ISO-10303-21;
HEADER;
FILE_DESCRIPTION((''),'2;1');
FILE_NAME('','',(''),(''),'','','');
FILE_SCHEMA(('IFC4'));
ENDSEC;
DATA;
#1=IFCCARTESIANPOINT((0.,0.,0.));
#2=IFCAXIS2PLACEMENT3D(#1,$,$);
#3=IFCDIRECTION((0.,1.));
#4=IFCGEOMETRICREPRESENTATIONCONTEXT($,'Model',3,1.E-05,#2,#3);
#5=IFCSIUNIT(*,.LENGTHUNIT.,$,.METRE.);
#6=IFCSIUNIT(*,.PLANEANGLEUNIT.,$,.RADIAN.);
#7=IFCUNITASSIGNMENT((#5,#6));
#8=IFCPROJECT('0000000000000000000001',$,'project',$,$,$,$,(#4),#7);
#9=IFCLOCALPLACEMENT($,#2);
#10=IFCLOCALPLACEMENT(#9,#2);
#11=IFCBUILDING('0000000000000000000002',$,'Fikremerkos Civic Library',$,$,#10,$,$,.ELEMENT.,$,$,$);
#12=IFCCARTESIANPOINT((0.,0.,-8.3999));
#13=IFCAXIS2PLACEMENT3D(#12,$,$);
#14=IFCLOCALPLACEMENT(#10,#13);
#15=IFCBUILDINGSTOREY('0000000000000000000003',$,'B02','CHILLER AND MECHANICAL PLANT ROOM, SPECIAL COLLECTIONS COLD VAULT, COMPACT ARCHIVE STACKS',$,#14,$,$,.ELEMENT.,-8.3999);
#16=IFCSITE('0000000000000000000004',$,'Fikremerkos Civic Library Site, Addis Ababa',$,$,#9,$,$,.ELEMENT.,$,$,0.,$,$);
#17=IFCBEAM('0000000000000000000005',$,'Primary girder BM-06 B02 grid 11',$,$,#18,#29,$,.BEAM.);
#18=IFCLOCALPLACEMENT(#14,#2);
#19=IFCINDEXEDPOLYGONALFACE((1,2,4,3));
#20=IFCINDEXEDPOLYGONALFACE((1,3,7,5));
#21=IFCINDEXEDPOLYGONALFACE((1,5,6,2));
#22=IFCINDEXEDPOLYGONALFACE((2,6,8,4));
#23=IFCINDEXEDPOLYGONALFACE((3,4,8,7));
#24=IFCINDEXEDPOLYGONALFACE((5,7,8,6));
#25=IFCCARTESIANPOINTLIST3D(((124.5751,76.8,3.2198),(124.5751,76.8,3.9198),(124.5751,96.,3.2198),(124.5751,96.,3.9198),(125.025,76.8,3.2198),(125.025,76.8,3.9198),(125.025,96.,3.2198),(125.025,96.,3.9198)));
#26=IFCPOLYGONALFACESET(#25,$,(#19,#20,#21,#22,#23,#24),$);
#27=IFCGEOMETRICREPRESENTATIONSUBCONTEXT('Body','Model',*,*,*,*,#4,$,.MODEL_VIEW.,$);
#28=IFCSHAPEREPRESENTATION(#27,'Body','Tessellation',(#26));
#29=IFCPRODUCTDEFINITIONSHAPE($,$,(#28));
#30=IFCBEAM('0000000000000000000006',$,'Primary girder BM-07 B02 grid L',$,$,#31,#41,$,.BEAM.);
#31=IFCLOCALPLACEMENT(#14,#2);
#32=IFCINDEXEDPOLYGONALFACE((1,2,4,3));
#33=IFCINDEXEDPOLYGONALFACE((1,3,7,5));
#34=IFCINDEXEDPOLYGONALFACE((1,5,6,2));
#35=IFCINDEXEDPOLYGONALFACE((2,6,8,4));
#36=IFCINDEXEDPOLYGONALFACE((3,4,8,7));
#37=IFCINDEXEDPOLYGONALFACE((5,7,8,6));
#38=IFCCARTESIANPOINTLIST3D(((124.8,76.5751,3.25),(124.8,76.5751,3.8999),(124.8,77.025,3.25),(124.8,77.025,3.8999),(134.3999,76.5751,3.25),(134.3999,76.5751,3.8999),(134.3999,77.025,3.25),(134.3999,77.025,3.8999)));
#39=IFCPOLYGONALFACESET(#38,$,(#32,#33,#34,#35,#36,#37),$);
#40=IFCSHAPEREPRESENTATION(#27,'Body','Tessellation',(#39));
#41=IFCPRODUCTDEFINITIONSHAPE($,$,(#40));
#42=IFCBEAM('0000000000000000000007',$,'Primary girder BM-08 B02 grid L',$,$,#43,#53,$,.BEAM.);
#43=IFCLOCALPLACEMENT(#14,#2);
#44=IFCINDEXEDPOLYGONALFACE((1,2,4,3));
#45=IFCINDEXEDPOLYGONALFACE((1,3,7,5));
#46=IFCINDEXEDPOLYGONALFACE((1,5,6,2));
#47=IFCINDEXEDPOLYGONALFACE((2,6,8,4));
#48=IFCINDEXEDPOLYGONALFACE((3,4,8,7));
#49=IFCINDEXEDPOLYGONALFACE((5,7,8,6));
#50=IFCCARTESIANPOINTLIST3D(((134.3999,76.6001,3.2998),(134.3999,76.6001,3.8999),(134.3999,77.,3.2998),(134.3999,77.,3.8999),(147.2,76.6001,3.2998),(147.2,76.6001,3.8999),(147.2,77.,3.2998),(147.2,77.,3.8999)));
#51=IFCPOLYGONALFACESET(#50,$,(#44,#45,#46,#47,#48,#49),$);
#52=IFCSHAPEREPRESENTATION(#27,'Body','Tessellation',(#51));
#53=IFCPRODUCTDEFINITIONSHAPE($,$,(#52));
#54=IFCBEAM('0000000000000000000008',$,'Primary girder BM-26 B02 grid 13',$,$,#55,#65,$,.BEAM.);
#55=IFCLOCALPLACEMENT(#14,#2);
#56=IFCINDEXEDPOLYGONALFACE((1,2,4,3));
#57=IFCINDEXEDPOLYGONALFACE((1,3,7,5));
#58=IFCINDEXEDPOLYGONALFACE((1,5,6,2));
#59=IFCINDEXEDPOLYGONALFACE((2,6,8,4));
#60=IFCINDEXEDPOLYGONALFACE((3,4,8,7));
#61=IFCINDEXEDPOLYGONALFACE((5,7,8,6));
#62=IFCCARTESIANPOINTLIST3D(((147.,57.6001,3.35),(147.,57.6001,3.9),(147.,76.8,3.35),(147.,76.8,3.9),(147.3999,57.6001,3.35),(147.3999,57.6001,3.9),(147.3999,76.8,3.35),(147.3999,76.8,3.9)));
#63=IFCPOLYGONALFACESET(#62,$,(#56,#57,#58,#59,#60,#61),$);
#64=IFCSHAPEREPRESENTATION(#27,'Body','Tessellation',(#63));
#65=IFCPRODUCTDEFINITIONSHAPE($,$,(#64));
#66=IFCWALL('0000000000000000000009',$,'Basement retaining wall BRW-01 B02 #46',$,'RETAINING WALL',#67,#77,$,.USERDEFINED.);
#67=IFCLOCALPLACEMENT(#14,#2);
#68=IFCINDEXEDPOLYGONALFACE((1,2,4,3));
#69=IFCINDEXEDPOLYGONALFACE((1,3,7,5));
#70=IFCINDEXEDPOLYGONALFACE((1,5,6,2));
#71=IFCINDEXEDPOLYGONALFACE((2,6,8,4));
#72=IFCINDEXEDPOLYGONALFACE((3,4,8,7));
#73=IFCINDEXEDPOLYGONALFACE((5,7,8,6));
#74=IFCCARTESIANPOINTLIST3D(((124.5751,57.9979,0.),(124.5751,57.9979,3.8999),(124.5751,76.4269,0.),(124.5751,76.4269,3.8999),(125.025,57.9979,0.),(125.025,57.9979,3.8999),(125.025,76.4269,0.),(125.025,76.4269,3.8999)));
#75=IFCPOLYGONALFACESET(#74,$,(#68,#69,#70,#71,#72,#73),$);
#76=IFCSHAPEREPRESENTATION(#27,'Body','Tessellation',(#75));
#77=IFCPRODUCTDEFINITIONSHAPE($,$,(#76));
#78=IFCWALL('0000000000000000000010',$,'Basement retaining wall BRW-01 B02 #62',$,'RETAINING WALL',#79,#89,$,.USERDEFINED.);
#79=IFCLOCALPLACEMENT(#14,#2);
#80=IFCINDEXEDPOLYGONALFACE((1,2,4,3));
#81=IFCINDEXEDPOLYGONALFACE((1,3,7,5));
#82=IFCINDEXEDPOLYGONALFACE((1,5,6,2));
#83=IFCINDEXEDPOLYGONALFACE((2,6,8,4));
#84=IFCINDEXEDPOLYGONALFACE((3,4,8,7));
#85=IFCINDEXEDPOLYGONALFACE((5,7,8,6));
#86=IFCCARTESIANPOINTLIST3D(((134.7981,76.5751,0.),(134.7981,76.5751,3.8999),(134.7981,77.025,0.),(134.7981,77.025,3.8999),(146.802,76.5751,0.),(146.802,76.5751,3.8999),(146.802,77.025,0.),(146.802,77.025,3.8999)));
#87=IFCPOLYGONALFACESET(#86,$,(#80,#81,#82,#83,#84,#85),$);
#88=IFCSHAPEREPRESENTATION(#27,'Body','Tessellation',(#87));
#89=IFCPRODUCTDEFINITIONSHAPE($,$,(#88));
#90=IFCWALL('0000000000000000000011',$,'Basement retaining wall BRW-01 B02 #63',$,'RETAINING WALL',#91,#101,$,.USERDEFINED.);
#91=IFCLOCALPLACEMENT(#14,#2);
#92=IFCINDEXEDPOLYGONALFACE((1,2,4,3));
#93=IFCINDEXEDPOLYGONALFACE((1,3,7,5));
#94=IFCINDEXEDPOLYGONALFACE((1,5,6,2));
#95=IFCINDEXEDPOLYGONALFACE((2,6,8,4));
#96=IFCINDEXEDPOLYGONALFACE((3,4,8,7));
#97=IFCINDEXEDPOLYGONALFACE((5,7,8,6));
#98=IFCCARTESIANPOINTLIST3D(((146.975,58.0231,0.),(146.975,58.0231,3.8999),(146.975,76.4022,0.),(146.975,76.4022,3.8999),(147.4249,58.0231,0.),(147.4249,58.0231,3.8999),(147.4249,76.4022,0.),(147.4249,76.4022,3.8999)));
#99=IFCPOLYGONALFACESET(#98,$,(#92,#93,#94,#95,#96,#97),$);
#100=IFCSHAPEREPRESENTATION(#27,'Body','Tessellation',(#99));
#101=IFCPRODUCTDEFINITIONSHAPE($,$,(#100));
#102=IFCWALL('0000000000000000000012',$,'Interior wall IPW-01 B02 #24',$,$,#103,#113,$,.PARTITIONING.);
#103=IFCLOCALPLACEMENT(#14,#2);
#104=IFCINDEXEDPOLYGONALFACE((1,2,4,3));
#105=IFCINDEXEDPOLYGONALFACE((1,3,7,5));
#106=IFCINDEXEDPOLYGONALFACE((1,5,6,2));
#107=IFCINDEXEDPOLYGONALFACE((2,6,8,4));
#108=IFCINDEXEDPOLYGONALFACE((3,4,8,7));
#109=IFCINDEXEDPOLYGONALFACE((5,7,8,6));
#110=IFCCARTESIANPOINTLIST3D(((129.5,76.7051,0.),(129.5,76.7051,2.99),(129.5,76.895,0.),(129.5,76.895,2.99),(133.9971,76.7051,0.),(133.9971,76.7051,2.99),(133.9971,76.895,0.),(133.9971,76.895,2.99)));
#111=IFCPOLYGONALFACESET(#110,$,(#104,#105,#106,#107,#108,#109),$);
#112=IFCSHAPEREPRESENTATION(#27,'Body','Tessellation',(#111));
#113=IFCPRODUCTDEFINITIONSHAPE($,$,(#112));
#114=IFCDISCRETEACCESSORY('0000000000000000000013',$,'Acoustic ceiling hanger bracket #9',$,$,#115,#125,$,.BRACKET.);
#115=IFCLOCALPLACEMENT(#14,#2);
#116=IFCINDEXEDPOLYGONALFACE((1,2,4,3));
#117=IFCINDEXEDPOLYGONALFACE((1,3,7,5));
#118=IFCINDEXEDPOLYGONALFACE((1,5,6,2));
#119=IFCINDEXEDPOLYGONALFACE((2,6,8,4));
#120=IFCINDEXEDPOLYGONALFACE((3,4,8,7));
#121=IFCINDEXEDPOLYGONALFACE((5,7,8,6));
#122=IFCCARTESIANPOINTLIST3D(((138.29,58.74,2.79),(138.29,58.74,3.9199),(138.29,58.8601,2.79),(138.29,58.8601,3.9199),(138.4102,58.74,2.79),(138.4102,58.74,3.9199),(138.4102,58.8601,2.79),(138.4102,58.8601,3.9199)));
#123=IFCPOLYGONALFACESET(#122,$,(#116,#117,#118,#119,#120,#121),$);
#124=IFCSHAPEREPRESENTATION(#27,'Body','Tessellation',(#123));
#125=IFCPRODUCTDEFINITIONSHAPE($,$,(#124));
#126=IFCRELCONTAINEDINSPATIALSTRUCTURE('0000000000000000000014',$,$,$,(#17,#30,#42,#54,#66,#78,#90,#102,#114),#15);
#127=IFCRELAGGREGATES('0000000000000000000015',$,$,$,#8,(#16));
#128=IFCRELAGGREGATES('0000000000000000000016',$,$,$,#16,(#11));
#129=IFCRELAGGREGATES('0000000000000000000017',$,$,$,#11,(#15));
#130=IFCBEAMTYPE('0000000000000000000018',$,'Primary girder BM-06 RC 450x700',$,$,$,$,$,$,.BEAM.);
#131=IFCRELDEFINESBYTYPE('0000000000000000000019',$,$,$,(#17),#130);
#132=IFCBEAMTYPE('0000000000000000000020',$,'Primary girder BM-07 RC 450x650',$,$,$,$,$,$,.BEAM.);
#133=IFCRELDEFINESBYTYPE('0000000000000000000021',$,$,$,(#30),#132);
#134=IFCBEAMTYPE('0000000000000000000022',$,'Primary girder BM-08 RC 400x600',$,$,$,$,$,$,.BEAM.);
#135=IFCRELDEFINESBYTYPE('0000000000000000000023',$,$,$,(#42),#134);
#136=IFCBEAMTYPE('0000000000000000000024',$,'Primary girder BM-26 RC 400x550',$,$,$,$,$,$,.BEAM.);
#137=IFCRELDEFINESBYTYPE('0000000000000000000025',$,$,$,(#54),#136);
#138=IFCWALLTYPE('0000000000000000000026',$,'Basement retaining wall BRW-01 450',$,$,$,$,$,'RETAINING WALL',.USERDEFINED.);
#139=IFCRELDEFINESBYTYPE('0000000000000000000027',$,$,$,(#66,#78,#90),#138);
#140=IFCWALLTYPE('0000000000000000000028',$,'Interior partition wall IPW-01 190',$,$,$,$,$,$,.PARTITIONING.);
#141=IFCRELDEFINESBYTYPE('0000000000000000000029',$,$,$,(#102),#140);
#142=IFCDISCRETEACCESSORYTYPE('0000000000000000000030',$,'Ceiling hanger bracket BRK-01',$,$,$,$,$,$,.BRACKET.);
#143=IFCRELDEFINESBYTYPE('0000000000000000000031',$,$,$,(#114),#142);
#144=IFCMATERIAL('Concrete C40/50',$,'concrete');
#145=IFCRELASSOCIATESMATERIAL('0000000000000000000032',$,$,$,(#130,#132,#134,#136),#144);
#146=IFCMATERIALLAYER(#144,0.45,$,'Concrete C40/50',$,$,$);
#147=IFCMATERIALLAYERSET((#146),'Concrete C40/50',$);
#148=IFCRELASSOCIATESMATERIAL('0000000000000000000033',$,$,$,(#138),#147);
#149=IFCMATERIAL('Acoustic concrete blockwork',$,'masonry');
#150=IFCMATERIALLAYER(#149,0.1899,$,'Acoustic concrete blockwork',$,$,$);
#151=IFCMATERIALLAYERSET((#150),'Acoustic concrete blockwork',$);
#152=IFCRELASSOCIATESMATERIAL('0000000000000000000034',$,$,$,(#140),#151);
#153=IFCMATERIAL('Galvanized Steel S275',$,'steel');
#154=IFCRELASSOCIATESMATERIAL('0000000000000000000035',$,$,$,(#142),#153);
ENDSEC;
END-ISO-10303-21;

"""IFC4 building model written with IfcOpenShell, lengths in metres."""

from ifc_helpers import new_model, si_unit, direction, frame, frame_2d, origin, origin_2d, place, context, subcontext, project, spatial, rectangle, extrude, material, layer, layer_set, material_profile, profile_set, type_object, element, save


model = new_model("IFC4")

# Units and contexts
model_context = context("Model", 3, precision=1e-05, world=origin(), true_north=direction((0.0, 1.0)))
body_context = subcontext(model_context, "Body", "Model", "MODEL_VIEW")
ifc_project = project(units=[si_unit("LENGTHUNIT", "METRE"), si_unit("PLANEANGLEUNIT", "RADIAN")], contexts=[model_context])

# Site, building, storey
site_placement = place(None, origin())
site = spatial("IfcSite", under=ifc_project, at=site_placement, Name="Fikremerkos Civic Library Site, Addis Ababa", CompositionType="ELEMENT", RefElevation=0.0)
building_placement = place(site_placement, origin())
building = spatial("IfcBuilding", under=site, at=building_placement, Name="Fikremerkos Civic Library", CompositionType="ELEMENT")
storey_placement = place(building_placement, frame((0.0, 0.0, -8.3999)))
storey = spatial("IfcBuildingStorey", under=building, at=storey_placement, Name="B02", Description="CHILLER AND MECHANICAL PLANT ROOM, SPECIAL COLLECTIONS COLD VAULT, COMPACT ARCHIVE STACKS", CompositionType="ELEMENT", Elevation=-8.3999)

# Shared definitions
ifc_material_1 = material(Name="Concrete C40/50", Category="concrete")

# Beams
ifc_material_profile_1 = material_profile(ifc_material_1, rectangle(XDim=0.45, YDim=0.7, at=origin_2d()), Name="RC 450x700")
ifc_profile_set_1 = profile_set([ifc_material_profile_1], Name="Concrete C40/50")
beam_type_1 = type_object("IfcBeamType", Name="Primary girder BM-06 RC 450x700", PredefinedType="BEAM", material=ifc_profile_set_1)
beam_1_placement = place(storey_placement, frame((124.8, 76.8, 3.5698), z_axis=(0.0, 1.0, 0.0), x_axis=(-1.0, 0.0, 0.0)))
element("IfcBeam", 1, at=beam_1_placement, inside=storey, type_object=beam_type_1, Name="Primary girder BM-06 B02 grid 11", PredefinedType="BEAM", context=body_context, shape_type="SweptSolid", body=[
    extrude(rectangle(XDim=0.45, YDim=0.7, at=origin_2d()), origin(), (0.0, 0.0, 1.0), 19.2),
])
ifc_material_profile_2 = material_profile(ifc_material_1, rectangle(XDim=0.45, YDim=0.6499, at=origin_2d()), Name="RC 450x650")
ifc_profile_set_2 = profile_set([ifc_material_profile_2], Name="Concrete C40/50")
beam_type_2 = type_object("IfcBeamType", Name="Primary girder BM-07 RC 450x650", PredefinedType="BEAM", material=ifc_profile_set_2)
beam_2_placement = place(storey_placement, frame((124.8, 76.8, 3.575), z_axis=(1.0, 0.0, 0.0), x_axis=(0.0, 1.0, 0.0)))
element("IfcBeam", 2, at=beam_2_placement, inside=storey, type_object=beam_type_2, Name="Primary girder BM-07 B02 grid L", PredefinedType="BEAM", context=body_context, shape_type="SweptSolid", body=[
    extrude(rectangle(XDim=0.45, YDim=0.6499, at=origin_2d()), origin(), (0.0, 0.0, 1.0), 9.5999),
])
ifc_material_profile_3 = material_profile(ifc_material_1, rectangle(XDim=0.3999, YDim=0.6001, at=origin_2d()), Name="RC 400x600")
ifc_profile_set_3 = profile_set([ifc_material_profile_3], Name="Concrete C40/50")
beam_type_3 = type_object("IfcBeamType", Name="Primary girder BM-08 RC 400x600", PredefinedType="BEAM", material=ifc_profile_set_3)
beam_3_placement = place(storey_placement, frame((134.3999, 76.8, 3.5999), z_axis=(1.0, 0.0, 0.0), x_axis=(0.0, 1.0, 0.0)))
element("IfcBeam", 3, at=beam_3_placement, inside=storey, type_object=beam_type_3, Name="Primary girder BM-08 B02 grid L", PredefinedType="BEAM", context=body_context, shape_type="SweptSolid", body=[
    extrude(rectangle(XDim=0.3999, YDim=0.6001, at=origin_2d()), origin(), (0.0, 0.0, 1.0), 12.8),
])
ifc_material_profile_4 = material_profile(ifc_material_1, rectangle(XDim=0.3999, YDim=0.55, at=origin_2d()), Name="RC 400x550")
ifc_profile_set_4 = profile_set([ifc_material_profile_4], Name="Concrete C40/50")
beam_type_4 = type_object("IfcBeamType", Name="Primary girder BM-26 RC 400x550", PredefinedType="BEAM", material=ifc_profile_set_4)
beam_4_placement = place(storey_placement, frame((147.2, 57.6001, 3.625), z_axis=(0.0, 1.0, 0.0), x_axis=(-1.0, 0.0, 0.0)))
element("IfcBeam", 4, at=beam_4_placement, inside=storey, type_object=beam_type_4, Name="Primary girder BM-26 B02 grid 13", PredefinedType="BEAM", context=body_context, shape_type="SweptSolid", body=[
    extrude(rectangle(XDim=0.3999, YDim=0.55, at=origin_2d()), origin(), (0.0, 0.0, 1.0), 19.2),
])

# Walls
ifc_layer_1 = layer(ifc_material_1, 0.45, Name="Concrete C40/50")
ifc_layer_set_1 = layer_set([ifc_layer_1], Name="Concrete C40/50")
wall_type_1 = type_object("IfcWallType", Name="Basement retaining wall BRW-01 450", ElementType="RETAINING WALL", PredefinedType="USERDEFINED", material=ifc_layer_set_1)
wall_1_placement = place(storey_placement, frame((124.8, 57.998, 0.0), z_axis=(0.0, 0.0, 1.0), x_axis=(0.0, 1.0, 0.0)))
element("IfcWall", 5, at=wall_1_placement, inside=storey, type_object=wall_type_1, Name="Basement retaining wall BRW-01 B02 #46", ObjectType="RETAINING WALL", PredefinedType="USERDEFINED", context=body_context, shape_type="SweptSolid", body=[
    extrude(rectangle(XDim=18.429, YDim=0.45, at=frame_2d((9.2144, 0.0))), origin(), (0.0, 0.0, 1.0), 3.8999),
])
wall_2_placement = place(storey_placement, frame((134.7981, 76.8, 0.0), z_axis=(0.0, 0.0, 1.0), x_axis=(1.0, 0.0, 0.0)))
element("IfcWall", 6, at=wall_2_placement, inside=storey, type_object=wall_type_1, Name="Basement retaining wall BRW-01 B02 #62", ObjectType="RETAINING WALL", PredefinedType="USERDEFINED", context=body_context, shape_type="SweptSolid", body=[
    extrude(rectangle(XDim=12.0039, YDim=0.45, at=frame_2d((6.002, 0.0))), origin(), (0.0, 0.0, 1.0), 3.8999),
])
wall_3_placement = place(storey_placement, frame((147.2, 76.4021, 0.0), z_axis=(0.0, 0.0, 1.0), x_axis=(0.0, -1.0, 0.0)))
element("IfcWall", 7, at=wall_3_placement, inside=storey, type_object=wall_type_1, Name="Basement retaining wall BRW-01 B02 #63", ObjectType="RETAINING WALL", PredefinedType="USERDEFINED", context=body_context, shape_type="SweptSolid", body=[
    extrude(rectangle(XDim=18.3792, YDim=0.45, at=frame_2d((9.1895, 0.0))), origin(), (0.0, 0.0, 1.0), 3.8999),
])
ifc_material_2 = material(Name="Acoustic concrete blockwork", Category="masonry")
ifc_layer_2 = layer(ifc_material_2, 0.1899, Name="Acoustic concrete blockwork")
ifc_layer_set_2 = layer_set([ifc_layer_2], Name="Acoustic concrete blockwork")
wall_type_2 = type_object("IfcWallType", Name="Interior partition wall IPW-01 190", PredefinedType="PARTITIONING", material=ifc_layer_set_2)
wall_4_placement = place(storey_placement, frame((129.5, 76.8, 0.0), z_axis=(0.0, 0.0, 1.0), x_axis=(1.0, 0.0, 0.0)))
element("IfcWall", 8, at=wall_4_placement, inside=storey, type_object=wall_type_2, Name="Interior wall IPW-01 B02 #24", PredefinedType="PARTITIONING", context=body_context, shape_type="SweptSolid", body=[
    extrude(rectangle(XDim=4.4971, YDim=0.1899, at=frame_2d((2.2485, 0.0))), origin(), (0.0, 0.0, 1.0), 2.99),
])

# Discrete accessory
ifc_material_3 = material(Name="Galvanized Steel S275", Category="steel")
discrete_accessory_type = type_object("IfcDiscreteAccessoryType", Name="Ceiling hanger bracket BRK-01", PredefinedType="BRACKET", material=ifc_material_3)
discrete_accessory_placement = place(storey_placement, frame((138.3501, 58.8, 2.79), z_axis=(0.0, 0.0, 1.0), x_axis=(1.0, 0.0, 0.0)))
element("IfcDiscreteAccessory", 9, at=discrete_accessory_placement, inside=storey, type_object=discrete_accessory_type, Name="Acoustic ceiling hanger bracket #9", PredefinedType="BRACKET", context=body_context, shape_type="SweptSolid", body=[
    extrude(rectangle(XDim=0.1201, YDim=0.1201, at=origin_2d()), origin(), (0.0, 0.0, 1.0), 1.1299),
])

save(model, "model.ifc")
